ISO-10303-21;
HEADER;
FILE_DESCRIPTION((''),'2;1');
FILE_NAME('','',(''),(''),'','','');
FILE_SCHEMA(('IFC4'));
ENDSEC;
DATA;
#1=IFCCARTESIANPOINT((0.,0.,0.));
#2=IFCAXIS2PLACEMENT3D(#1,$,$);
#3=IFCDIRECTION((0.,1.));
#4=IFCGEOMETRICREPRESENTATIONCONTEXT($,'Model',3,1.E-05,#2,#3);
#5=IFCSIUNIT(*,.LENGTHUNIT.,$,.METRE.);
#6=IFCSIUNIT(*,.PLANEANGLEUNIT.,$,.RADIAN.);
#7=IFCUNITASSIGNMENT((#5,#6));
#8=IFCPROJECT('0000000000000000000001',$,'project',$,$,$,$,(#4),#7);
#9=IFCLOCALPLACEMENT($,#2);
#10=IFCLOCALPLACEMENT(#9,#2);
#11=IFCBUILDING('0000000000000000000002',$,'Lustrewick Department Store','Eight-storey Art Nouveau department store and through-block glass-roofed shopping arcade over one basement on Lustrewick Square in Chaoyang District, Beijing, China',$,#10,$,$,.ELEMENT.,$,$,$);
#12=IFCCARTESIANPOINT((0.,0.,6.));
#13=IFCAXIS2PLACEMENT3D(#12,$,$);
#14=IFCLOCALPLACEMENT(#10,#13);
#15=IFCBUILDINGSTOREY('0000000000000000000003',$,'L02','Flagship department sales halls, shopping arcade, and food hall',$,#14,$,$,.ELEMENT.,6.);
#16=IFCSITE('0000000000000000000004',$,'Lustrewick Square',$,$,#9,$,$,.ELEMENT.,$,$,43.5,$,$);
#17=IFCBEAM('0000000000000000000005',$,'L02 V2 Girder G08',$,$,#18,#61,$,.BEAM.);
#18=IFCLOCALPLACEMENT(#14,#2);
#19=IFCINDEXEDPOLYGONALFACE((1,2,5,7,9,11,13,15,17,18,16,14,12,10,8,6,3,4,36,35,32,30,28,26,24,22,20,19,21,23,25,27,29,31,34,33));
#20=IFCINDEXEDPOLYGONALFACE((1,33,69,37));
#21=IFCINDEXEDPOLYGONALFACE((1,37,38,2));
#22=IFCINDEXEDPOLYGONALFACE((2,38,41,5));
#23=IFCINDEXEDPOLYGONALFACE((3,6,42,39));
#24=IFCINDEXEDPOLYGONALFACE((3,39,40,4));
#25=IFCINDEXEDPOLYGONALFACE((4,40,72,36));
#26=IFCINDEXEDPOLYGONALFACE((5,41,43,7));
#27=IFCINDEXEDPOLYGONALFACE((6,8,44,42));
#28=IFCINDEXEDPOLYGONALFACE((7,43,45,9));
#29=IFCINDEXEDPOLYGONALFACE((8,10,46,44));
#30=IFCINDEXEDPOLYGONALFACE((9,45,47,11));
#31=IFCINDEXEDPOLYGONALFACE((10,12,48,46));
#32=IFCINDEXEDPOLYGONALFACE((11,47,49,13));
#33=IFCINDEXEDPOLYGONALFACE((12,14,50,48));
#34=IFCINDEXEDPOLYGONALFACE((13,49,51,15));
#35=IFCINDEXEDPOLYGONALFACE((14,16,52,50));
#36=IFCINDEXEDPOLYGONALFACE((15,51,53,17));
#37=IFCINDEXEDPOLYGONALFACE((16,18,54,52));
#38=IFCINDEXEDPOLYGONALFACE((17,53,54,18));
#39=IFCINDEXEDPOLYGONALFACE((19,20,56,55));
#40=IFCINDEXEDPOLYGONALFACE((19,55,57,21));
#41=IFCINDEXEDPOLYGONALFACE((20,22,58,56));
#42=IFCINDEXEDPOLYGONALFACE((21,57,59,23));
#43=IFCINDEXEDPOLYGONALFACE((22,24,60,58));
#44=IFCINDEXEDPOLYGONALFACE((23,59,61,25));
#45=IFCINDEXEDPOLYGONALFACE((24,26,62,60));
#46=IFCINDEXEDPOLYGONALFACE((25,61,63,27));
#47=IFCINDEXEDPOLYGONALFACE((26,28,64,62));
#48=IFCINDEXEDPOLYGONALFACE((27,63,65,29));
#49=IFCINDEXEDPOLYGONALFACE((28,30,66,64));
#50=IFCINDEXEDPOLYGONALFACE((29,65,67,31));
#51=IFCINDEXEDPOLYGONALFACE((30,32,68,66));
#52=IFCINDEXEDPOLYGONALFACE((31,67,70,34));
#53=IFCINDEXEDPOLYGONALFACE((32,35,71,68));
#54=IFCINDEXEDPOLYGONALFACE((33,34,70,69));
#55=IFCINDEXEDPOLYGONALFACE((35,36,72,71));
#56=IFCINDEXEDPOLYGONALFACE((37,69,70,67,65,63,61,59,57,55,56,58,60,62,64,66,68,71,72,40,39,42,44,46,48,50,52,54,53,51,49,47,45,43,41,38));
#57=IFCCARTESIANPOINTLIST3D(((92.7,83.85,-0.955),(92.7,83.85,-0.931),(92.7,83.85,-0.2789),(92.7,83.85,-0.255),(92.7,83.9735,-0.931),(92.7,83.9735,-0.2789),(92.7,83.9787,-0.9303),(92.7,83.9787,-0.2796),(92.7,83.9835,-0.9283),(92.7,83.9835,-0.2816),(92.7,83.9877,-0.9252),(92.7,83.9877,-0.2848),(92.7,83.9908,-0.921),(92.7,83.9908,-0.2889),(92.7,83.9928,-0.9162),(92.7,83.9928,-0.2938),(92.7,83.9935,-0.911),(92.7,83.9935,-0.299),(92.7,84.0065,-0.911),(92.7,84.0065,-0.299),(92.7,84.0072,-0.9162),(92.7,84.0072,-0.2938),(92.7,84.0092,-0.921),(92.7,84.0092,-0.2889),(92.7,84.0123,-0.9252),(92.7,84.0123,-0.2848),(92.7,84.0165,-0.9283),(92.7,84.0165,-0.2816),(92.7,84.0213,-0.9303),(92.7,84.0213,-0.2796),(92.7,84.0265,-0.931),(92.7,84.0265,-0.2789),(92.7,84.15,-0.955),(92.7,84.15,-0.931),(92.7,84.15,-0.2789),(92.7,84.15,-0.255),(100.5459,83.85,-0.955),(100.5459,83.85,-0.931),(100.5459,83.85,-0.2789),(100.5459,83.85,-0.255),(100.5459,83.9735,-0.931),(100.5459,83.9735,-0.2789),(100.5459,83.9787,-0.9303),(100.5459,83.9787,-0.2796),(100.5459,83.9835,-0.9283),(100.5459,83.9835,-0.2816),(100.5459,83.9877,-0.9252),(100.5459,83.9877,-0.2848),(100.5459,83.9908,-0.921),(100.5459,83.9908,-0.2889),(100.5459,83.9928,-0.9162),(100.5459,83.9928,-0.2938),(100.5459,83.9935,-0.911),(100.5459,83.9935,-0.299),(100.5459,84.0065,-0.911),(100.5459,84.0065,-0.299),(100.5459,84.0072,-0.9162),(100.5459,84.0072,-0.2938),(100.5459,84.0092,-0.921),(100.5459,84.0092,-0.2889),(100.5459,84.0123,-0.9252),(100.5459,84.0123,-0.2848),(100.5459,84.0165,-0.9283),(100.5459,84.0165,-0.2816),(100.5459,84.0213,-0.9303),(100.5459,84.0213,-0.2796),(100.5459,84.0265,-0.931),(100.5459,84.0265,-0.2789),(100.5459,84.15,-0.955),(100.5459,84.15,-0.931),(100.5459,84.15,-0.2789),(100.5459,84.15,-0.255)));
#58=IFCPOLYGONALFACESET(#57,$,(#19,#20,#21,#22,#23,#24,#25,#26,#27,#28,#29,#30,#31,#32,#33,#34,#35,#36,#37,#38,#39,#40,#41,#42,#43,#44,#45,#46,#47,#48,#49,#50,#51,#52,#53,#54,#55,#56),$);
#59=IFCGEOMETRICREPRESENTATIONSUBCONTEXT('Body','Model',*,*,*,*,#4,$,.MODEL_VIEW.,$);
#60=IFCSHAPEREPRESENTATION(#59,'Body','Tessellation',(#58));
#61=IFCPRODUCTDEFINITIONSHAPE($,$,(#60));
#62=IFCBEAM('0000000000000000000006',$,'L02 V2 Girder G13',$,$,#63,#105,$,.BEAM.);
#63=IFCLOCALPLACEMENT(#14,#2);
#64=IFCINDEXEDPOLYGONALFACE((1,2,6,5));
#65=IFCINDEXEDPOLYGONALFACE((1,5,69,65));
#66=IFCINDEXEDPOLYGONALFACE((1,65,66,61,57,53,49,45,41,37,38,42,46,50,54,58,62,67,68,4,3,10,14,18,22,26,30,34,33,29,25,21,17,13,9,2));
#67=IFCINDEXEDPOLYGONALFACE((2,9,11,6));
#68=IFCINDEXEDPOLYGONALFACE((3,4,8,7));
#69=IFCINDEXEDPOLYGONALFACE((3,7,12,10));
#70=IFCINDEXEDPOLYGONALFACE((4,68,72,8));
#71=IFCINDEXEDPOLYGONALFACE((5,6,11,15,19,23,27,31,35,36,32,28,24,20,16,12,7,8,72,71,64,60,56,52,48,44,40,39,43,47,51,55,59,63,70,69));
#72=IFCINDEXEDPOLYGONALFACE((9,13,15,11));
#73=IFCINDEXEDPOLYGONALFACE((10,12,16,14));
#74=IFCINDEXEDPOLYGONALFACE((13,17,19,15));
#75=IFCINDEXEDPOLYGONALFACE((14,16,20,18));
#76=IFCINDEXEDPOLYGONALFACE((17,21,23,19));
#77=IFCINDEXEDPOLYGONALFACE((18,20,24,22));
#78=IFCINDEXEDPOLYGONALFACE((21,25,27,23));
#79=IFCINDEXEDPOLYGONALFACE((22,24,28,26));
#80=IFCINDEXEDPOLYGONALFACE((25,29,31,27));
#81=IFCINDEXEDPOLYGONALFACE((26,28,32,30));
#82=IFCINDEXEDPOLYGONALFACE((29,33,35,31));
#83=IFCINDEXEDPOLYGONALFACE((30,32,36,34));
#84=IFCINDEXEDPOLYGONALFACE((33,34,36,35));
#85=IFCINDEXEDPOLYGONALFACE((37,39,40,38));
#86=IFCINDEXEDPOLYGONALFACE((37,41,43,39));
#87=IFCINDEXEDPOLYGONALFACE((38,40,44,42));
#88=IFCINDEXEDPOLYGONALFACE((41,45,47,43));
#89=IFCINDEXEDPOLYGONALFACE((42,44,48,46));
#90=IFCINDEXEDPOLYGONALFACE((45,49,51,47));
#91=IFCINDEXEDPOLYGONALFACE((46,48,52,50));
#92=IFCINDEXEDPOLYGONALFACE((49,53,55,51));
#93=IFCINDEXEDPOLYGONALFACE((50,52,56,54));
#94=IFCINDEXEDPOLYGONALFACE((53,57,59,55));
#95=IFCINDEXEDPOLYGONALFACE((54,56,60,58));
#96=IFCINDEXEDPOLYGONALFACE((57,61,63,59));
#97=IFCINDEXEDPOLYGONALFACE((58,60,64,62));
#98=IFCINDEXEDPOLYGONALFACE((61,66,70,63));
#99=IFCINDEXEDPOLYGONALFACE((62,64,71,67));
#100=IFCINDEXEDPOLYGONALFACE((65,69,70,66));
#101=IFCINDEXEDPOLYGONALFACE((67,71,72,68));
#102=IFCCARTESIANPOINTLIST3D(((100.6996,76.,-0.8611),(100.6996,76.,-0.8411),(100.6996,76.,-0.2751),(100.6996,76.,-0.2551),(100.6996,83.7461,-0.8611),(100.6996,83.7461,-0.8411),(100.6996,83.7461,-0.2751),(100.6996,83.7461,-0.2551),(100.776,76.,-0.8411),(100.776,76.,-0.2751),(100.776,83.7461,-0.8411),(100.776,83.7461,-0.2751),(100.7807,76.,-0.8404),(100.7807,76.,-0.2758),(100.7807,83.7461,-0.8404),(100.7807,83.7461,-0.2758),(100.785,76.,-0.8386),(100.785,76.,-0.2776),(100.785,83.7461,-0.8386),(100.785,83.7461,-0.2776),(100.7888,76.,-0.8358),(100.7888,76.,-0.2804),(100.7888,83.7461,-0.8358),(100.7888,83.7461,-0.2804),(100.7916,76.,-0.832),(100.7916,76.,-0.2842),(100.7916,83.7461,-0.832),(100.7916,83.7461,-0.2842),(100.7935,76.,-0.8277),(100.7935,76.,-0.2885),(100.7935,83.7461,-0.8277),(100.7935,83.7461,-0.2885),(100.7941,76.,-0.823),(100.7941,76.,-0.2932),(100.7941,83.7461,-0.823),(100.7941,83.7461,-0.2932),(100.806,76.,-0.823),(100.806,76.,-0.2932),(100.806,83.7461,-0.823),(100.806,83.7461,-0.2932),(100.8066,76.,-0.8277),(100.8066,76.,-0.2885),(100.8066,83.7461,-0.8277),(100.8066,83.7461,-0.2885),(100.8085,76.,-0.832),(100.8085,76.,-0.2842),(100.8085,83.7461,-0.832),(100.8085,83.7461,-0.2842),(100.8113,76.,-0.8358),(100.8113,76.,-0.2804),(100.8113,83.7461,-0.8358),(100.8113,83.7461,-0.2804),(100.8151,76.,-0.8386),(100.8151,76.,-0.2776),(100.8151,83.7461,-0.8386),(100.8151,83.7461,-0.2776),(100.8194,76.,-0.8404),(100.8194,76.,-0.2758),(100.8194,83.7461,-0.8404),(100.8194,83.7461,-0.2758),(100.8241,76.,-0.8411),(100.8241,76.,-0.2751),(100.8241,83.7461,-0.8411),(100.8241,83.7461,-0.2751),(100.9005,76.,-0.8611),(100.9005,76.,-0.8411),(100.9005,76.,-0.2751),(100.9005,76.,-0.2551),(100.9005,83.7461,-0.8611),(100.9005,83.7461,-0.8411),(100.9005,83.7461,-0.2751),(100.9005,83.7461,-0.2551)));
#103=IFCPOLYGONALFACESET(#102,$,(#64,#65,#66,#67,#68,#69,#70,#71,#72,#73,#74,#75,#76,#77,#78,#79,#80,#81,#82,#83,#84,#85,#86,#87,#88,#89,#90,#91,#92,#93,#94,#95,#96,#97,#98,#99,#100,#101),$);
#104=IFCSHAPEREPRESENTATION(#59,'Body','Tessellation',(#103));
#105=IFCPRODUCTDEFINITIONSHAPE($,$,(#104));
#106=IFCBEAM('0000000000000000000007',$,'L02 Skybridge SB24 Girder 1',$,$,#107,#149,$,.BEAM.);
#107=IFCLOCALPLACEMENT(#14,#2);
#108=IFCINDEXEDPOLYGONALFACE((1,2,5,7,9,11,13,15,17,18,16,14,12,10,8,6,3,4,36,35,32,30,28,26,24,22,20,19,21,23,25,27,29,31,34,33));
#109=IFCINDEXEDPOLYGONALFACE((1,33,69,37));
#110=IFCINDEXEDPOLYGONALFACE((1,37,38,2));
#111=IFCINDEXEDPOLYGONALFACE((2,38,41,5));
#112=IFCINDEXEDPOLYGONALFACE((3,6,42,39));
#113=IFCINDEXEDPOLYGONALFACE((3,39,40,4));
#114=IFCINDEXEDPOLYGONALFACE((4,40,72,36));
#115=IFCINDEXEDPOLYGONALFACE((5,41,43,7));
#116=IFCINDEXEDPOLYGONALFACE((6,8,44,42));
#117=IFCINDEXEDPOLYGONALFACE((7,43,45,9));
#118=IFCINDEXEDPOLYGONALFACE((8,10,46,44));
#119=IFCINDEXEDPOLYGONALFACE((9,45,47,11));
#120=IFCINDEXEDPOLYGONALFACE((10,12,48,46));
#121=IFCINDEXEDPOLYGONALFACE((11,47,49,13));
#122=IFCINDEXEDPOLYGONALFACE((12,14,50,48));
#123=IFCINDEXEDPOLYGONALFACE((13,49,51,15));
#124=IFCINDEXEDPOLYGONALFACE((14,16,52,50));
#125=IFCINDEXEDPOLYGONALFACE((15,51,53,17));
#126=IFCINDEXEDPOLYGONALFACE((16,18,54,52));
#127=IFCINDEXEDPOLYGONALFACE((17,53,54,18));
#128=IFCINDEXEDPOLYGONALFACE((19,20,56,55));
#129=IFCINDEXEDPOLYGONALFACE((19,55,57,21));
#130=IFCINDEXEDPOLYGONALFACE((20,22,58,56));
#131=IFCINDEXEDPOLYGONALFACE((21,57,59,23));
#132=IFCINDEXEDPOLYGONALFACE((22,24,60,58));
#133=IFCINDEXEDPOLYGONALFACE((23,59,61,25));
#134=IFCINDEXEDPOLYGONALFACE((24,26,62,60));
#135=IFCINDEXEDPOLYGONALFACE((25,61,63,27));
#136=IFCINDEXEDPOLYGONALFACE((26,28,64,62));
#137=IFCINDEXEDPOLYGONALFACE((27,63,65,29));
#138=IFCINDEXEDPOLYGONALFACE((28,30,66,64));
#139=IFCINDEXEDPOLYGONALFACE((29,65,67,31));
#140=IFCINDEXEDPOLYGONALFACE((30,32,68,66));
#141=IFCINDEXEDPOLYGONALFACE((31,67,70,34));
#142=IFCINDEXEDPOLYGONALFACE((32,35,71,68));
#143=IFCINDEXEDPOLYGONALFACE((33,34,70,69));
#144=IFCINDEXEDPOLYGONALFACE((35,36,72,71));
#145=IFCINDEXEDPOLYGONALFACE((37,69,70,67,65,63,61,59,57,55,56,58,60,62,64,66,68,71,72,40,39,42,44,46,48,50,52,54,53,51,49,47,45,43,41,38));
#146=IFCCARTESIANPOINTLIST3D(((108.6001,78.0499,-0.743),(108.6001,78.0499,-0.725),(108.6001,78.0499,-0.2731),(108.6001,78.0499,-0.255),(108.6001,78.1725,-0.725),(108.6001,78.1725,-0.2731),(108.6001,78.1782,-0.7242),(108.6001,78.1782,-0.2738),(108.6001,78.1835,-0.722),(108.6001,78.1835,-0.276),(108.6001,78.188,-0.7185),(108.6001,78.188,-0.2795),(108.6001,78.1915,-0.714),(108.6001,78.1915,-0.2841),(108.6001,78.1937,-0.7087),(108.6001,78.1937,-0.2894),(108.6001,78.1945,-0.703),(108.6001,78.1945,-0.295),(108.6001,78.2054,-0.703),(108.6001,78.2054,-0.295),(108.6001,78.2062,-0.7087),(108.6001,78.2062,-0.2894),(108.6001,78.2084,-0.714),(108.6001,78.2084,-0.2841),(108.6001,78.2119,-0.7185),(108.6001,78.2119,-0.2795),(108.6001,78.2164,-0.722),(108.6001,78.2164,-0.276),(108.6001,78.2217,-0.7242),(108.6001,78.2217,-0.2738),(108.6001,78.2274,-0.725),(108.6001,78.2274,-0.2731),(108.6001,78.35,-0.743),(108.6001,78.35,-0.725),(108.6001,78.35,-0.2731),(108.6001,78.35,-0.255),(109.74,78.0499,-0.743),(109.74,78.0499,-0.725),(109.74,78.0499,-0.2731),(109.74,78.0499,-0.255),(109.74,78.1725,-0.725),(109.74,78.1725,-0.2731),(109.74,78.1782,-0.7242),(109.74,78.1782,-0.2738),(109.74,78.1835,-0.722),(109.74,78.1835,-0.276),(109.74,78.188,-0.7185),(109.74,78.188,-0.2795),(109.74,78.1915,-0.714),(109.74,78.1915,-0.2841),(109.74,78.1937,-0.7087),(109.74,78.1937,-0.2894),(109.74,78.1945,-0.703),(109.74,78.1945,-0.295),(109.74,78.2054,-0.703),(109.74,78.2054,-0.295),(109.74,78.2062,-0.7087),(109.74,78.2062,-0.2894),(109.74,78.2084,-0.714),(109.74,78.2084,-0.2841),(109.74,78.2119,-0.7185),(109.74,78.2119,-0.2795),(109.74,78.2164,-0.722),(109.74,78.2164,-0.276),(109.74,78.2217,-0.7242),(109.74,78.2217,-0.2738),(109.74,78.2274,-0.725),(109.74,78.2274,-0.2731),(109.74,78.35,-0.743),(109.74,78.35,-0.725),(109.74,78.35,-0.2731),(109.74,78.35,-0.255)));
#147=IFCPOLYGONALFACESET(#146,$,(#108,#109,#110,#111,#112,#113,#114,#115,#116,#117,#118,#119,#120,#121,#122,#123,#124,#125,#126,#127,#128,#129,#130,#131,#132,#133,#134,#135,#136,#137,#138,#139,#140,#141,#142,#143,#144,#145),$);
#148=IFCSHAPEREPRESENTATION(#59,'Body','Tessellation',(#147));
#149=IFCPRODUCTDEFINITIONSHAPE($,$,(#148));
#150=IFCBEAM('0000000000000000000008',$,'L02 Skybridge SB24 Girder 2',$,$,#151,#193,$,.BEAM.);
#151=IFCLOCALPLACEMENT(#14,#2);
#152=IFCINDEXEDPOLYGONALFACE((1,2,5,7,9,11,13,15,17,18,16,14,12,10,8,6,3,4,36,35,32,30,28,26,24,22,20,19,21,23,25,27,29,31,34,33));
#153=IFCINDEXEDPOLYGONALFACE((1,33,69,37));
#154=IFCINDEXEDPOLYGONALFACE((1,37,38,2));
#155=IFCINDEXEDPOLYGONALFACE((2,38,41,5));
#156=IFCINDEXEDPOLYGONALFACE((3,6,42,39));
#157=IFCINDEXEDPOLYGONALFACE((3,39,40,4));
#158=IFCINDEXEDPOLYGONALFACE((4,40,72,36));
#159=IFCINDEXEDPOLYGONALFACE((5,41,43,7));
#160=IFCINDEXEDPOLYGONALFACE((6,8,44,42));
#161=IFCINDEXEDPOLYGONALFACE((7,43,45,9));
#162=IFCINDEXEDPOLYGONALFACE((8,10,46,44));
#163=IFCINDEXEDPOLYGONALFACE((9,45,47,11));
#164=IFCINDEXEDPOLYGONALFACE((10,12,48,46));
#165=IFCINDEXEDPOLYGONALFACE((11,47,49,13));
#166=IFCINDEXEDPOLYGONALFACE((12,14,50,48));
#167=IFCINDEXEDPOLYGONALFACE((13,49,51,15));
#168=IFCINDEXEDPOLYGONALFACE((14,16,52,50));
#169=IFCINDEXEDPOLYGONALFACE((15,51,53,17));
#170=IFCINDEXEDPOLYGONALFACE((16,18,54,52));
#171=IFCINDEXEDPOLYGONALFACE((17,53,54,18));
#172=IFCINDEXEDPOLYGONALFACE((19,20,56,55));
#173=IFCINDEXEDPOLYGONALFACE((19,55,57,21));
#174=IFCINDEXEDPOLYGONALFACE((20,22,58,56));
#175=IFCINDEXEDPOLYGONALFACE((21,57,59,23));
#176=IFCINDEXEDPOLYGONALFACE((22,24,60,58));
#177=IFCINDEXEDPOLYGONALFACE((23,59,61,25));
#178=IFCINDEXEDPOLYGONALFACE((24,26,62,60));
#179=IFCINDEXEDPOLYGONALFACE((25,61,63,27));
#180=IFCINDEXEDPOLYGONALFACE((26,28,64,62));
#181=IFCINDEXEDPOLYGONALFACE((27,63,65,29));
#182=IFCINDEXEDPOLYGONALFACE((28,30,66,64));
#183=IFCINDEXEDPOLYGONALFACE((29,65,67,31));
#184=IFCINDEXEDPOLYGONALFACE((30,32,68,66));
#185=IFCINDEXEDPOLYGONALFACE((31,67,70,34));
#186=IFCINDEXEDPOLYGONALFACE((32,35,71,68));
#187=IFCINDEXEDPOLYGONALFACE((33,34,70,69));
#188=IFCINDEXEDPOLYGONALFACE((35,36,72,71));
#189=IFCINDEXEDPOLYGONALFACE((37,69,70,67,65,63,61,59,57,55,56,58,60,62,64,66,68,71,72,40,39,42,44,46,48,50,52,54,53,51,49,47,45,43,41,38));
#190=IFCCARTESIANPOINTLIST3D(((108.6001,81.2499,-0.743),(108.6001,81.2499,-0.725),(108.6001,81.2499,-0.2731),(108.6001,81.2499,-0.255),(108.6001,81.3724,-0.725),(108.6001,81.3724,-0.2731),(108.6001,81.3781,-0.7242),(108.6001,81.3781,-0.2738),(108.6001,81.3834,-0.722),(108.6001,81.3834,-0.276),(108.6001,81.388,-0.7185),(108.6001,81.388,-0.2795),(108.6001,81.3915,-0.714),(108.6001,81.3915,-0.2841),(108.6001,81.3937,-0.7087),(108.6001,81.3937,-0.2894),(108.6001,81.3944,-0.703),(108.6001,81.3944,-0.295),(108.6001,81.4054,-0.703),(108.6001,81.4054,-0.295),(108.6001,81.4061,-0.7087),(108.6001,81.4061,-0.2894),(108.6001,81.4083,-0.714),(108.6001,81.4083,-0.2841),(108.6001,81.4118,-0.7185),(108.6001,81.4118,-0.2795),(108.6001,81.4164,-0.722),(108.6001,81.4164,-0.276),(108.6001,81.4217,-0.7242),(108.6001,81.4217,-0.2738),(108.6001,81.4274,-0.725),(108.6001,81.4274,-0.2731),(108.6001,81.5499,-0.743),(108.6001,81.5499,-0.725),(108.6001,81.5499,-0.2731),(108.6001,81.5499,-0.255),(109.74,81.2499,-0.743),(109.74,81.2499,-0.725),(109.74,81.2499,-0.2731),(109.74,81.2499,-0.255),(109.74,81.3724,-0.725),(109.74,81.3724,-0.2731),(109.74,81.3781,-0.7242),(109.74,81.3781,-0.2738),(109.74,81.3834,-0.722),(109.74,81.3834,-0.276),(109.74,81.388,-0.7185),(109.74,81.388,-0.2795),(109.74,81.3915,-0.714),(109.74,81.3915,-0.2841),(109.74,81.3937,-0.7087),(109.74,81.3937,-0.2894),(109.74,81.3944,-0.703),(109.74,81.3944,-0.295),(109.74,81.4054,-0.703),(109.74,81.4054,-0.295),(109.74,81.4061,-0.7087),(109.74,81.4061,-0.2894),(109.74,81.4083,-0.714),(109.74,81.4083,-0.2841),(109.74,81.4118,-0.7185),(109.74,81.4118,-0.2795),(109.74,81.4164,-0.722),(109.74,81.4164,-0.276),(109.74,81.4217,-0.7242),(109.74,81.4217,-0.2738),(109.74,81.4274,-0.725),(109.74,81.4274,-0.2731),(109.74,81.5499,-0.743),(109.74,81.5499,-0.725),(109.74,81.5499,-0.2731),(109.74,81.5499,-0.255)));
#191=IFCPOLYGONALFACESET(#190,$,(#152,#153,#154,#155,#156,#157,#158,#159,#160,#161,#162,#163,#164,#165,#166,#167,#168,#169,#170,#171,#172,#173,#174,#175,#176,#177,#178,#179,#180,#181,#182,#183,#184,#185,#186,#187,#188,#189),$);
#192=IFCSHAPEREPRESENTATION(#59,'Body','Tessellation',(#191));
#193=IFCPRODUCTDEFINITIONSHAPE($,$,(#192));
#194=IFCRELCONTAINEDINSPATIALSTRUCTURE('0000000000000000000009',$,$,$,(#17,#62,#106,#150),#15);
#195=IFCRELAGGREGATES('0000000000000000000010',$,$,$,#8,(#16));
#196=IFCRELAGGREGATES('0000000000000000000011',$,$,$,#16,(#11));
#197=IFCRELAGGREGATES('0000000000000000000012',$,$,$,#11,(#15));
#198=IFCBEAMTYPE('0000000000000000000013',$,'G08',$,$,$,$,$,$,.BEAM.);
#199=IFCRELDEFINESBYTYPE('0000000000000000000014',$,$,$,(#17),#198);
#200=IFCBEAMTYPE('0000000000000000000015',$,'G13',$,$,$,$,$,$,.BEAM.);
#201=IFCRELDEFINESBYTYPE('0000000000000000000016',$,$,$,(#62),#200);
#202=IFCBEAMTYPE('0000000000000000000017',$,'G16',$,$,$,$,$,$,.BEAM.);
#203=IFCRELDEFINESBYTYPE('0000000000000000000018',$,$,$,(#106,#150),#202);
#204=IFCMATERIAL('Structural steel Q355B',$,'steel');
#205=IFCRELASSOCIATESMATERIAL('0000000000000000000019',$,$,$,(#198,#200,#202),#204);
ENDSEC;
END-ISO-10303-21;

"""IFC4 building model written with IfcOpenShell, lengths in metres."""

from ifc_helpers import new_model, si_unit, direction, frame, origin, origin_2d, place, context, subcontext, project, spatial, i_section, extrude, material, material_profile, profile_set, type_object, element, save


model = new_model("IFC4")

# Units and contexts
model_context = context("Model", 3, precision=1e-05, world=origin(), true_north=direction((0.0, 1.0)))
body_context = subcontext(model_context, "Body", "Model", "MODEL_VIEW")
ifc_project = project(units=[si_unit("LENGTHUNIT", "METRE"), si_unit("PLANEANGLEUNIT", "RADIAN")], contexts=[model_context])

# Site, building, storey
site_placement = place(None, origin())
site = spatial("IfcSite", under=ifc_project, at=site_placement, Name="Lustrewick Square", CompositionType="ELEMENT", RefElevation=43.5)
building_placement = place(site_placement, origin())
building = spatial("IfcBuilding", under=site, at=building_placement, Name="Lustrewick Department Store", Description="Eight-storey Art Nouveau department store and through-block glass-roofed shopping arcade over one basement on Lustrewick Square in Chaoyang District, Beijing, China", CompositionType="ELEMENT")
storey_placement = place(building_placement, frame((0.0, 0.0, 6.0)))
storey = spatial("IfcBuildingStorey", under=building, at=storey_placement, Name="L02", Description="Flagship department sales halls, shopping arcade, and food hall", CompositionType="ELEMENT", Elevation=6.0)

# Shared definitions
ifc_material_1 = material(Name="Structural steel Q355B", Category="steel")

# Beams
ifc_material_profile_1 = material_profile(ifc_material_1, i_section(OverallWidth=0.3, OverallDepth=0.7, WebThickness=0.0129, FlangeThickness=0.0239, FilletRadius=0.02, at=origin_2d()), Name="HN 700x300x13x24")
ifc_profile_set_1 = profile_set([ifc_material_profile_1], Name="Structural steel Q355B")
beam_type_1 = type_object("IfcBeamType", Name="G08", PredefinedType="BEAM", material=ifc_profile_set_1)
beam_1_placement = place(storey_placement, frame((92.7, 84.0, -0.605), z_axis=(1.0, 0.0, 0.0), x_axis=(0.0, 1.0, 0.0)))
element("IfcBeam", 1, at=beam_1_placement, inside=storey, type_object=beam_type_1, Name="L02 V2 Girder G08", PredefinedType="BEAM", context=body_context, shape_type="SweptSolid", body=[
    extrude(i_section(OverallWidth=0.3, OverallDepth=0.7, WebThickness=0.0129, FlangeThickness=0.0239, FilletRadius=0.02, at=origin_2d()), origin(), (0.0, 0.0, 1.0), 7.8459),
])
ifc_material_profile_2 = material_profile(ifc_material_1, i_section(OverallWidth=0.2009, OverallDepth=0.606, WebThickness=0.012, FlangeThickness=0.02, FilletRadius=0.0181, at=origin_2d()), Name="HN 606x201x12x20")
ifc_profile_set_2 = profile_set([ifc_material_profile_2], Name="Structural steel Q355B")
beam_type_2 = type_object("IfcBeamType", Name="G13", PredefinedType="BEAM", material=ifc_profile_set_2)
beam_2_placement = place(storey_placement, frame((100.8, 76.0, -0.5581), z_axis=(0.0, 1.0, 0.0), x_axis=(-1.0, 0.0, 0.0)))
element("IfcBeam", 2, at=beam_2_placement, inside=storey, type_object=beam_type_2, Name="L02 V2 Girder G13", PredefinedType="BEAM", context=body_context, shape_type="SweptSolid", body=[
    extrude(i_section(OverallWidth=0.2009, OverallDepth=0.606, WebThickness=0.012, FlangeThickness=0.02, FilletRadius=0.0181, at=origin_2d()), origin(), (0.0, 0.0, 1.0), 7.7461),
])
ifc_material_profile_3 = material_profile(ifc_material_1, i_section(OverallWidth=0.3, OverallDepth=0.488, WebThickness=0.011, FlangeThickness=0.0181, FilletRadius=0.022, at=origin_2d()), Name="HM 488x300x11x18")
ifc_profile_set_3 = profile_set([ifc_material_profile_3], Name="Structural steel Q355B")
beam_type_3 = type_object("IfcBeamType", Name="G16", PredefinedType="BEAM", material=ifc_profile_set_3)
for number, where, z_axis, x_axis, name in (
    (3, (108.6001, 78.2, -0.499), (1.0, 0.0, 0.0), (0.0, 1.0, 0.0), "L02 Skybridge SB24 Girder 1"),
    (4, (108.6001, 81.3999, -0.499), (1.0, 0.0, 0.0), (0.0, 1.0, 0.0), "L02 Skybridge SB24 Girder 2"),
):
    element("IfcBeam", number, at=place(storey_placement, frame(where, z_axis=z_axis, x_axis=x_axis)), inside=storey, type_object=beam_type_3, Name=name, PredefinedType="BEAM", context=body_context, shape_type="SweptSolid", body=[
        extrude(i_section(OverallWidth=0.3, OverallDepth=0.488, WebThickness=0.011, FlangeThickness=0.0181, FilletRadius=0.022, at=origin_2d()), origin(), (0.0, 0.0, 1.0), 1.1399),
    ])

save(model, "model.ifc")
